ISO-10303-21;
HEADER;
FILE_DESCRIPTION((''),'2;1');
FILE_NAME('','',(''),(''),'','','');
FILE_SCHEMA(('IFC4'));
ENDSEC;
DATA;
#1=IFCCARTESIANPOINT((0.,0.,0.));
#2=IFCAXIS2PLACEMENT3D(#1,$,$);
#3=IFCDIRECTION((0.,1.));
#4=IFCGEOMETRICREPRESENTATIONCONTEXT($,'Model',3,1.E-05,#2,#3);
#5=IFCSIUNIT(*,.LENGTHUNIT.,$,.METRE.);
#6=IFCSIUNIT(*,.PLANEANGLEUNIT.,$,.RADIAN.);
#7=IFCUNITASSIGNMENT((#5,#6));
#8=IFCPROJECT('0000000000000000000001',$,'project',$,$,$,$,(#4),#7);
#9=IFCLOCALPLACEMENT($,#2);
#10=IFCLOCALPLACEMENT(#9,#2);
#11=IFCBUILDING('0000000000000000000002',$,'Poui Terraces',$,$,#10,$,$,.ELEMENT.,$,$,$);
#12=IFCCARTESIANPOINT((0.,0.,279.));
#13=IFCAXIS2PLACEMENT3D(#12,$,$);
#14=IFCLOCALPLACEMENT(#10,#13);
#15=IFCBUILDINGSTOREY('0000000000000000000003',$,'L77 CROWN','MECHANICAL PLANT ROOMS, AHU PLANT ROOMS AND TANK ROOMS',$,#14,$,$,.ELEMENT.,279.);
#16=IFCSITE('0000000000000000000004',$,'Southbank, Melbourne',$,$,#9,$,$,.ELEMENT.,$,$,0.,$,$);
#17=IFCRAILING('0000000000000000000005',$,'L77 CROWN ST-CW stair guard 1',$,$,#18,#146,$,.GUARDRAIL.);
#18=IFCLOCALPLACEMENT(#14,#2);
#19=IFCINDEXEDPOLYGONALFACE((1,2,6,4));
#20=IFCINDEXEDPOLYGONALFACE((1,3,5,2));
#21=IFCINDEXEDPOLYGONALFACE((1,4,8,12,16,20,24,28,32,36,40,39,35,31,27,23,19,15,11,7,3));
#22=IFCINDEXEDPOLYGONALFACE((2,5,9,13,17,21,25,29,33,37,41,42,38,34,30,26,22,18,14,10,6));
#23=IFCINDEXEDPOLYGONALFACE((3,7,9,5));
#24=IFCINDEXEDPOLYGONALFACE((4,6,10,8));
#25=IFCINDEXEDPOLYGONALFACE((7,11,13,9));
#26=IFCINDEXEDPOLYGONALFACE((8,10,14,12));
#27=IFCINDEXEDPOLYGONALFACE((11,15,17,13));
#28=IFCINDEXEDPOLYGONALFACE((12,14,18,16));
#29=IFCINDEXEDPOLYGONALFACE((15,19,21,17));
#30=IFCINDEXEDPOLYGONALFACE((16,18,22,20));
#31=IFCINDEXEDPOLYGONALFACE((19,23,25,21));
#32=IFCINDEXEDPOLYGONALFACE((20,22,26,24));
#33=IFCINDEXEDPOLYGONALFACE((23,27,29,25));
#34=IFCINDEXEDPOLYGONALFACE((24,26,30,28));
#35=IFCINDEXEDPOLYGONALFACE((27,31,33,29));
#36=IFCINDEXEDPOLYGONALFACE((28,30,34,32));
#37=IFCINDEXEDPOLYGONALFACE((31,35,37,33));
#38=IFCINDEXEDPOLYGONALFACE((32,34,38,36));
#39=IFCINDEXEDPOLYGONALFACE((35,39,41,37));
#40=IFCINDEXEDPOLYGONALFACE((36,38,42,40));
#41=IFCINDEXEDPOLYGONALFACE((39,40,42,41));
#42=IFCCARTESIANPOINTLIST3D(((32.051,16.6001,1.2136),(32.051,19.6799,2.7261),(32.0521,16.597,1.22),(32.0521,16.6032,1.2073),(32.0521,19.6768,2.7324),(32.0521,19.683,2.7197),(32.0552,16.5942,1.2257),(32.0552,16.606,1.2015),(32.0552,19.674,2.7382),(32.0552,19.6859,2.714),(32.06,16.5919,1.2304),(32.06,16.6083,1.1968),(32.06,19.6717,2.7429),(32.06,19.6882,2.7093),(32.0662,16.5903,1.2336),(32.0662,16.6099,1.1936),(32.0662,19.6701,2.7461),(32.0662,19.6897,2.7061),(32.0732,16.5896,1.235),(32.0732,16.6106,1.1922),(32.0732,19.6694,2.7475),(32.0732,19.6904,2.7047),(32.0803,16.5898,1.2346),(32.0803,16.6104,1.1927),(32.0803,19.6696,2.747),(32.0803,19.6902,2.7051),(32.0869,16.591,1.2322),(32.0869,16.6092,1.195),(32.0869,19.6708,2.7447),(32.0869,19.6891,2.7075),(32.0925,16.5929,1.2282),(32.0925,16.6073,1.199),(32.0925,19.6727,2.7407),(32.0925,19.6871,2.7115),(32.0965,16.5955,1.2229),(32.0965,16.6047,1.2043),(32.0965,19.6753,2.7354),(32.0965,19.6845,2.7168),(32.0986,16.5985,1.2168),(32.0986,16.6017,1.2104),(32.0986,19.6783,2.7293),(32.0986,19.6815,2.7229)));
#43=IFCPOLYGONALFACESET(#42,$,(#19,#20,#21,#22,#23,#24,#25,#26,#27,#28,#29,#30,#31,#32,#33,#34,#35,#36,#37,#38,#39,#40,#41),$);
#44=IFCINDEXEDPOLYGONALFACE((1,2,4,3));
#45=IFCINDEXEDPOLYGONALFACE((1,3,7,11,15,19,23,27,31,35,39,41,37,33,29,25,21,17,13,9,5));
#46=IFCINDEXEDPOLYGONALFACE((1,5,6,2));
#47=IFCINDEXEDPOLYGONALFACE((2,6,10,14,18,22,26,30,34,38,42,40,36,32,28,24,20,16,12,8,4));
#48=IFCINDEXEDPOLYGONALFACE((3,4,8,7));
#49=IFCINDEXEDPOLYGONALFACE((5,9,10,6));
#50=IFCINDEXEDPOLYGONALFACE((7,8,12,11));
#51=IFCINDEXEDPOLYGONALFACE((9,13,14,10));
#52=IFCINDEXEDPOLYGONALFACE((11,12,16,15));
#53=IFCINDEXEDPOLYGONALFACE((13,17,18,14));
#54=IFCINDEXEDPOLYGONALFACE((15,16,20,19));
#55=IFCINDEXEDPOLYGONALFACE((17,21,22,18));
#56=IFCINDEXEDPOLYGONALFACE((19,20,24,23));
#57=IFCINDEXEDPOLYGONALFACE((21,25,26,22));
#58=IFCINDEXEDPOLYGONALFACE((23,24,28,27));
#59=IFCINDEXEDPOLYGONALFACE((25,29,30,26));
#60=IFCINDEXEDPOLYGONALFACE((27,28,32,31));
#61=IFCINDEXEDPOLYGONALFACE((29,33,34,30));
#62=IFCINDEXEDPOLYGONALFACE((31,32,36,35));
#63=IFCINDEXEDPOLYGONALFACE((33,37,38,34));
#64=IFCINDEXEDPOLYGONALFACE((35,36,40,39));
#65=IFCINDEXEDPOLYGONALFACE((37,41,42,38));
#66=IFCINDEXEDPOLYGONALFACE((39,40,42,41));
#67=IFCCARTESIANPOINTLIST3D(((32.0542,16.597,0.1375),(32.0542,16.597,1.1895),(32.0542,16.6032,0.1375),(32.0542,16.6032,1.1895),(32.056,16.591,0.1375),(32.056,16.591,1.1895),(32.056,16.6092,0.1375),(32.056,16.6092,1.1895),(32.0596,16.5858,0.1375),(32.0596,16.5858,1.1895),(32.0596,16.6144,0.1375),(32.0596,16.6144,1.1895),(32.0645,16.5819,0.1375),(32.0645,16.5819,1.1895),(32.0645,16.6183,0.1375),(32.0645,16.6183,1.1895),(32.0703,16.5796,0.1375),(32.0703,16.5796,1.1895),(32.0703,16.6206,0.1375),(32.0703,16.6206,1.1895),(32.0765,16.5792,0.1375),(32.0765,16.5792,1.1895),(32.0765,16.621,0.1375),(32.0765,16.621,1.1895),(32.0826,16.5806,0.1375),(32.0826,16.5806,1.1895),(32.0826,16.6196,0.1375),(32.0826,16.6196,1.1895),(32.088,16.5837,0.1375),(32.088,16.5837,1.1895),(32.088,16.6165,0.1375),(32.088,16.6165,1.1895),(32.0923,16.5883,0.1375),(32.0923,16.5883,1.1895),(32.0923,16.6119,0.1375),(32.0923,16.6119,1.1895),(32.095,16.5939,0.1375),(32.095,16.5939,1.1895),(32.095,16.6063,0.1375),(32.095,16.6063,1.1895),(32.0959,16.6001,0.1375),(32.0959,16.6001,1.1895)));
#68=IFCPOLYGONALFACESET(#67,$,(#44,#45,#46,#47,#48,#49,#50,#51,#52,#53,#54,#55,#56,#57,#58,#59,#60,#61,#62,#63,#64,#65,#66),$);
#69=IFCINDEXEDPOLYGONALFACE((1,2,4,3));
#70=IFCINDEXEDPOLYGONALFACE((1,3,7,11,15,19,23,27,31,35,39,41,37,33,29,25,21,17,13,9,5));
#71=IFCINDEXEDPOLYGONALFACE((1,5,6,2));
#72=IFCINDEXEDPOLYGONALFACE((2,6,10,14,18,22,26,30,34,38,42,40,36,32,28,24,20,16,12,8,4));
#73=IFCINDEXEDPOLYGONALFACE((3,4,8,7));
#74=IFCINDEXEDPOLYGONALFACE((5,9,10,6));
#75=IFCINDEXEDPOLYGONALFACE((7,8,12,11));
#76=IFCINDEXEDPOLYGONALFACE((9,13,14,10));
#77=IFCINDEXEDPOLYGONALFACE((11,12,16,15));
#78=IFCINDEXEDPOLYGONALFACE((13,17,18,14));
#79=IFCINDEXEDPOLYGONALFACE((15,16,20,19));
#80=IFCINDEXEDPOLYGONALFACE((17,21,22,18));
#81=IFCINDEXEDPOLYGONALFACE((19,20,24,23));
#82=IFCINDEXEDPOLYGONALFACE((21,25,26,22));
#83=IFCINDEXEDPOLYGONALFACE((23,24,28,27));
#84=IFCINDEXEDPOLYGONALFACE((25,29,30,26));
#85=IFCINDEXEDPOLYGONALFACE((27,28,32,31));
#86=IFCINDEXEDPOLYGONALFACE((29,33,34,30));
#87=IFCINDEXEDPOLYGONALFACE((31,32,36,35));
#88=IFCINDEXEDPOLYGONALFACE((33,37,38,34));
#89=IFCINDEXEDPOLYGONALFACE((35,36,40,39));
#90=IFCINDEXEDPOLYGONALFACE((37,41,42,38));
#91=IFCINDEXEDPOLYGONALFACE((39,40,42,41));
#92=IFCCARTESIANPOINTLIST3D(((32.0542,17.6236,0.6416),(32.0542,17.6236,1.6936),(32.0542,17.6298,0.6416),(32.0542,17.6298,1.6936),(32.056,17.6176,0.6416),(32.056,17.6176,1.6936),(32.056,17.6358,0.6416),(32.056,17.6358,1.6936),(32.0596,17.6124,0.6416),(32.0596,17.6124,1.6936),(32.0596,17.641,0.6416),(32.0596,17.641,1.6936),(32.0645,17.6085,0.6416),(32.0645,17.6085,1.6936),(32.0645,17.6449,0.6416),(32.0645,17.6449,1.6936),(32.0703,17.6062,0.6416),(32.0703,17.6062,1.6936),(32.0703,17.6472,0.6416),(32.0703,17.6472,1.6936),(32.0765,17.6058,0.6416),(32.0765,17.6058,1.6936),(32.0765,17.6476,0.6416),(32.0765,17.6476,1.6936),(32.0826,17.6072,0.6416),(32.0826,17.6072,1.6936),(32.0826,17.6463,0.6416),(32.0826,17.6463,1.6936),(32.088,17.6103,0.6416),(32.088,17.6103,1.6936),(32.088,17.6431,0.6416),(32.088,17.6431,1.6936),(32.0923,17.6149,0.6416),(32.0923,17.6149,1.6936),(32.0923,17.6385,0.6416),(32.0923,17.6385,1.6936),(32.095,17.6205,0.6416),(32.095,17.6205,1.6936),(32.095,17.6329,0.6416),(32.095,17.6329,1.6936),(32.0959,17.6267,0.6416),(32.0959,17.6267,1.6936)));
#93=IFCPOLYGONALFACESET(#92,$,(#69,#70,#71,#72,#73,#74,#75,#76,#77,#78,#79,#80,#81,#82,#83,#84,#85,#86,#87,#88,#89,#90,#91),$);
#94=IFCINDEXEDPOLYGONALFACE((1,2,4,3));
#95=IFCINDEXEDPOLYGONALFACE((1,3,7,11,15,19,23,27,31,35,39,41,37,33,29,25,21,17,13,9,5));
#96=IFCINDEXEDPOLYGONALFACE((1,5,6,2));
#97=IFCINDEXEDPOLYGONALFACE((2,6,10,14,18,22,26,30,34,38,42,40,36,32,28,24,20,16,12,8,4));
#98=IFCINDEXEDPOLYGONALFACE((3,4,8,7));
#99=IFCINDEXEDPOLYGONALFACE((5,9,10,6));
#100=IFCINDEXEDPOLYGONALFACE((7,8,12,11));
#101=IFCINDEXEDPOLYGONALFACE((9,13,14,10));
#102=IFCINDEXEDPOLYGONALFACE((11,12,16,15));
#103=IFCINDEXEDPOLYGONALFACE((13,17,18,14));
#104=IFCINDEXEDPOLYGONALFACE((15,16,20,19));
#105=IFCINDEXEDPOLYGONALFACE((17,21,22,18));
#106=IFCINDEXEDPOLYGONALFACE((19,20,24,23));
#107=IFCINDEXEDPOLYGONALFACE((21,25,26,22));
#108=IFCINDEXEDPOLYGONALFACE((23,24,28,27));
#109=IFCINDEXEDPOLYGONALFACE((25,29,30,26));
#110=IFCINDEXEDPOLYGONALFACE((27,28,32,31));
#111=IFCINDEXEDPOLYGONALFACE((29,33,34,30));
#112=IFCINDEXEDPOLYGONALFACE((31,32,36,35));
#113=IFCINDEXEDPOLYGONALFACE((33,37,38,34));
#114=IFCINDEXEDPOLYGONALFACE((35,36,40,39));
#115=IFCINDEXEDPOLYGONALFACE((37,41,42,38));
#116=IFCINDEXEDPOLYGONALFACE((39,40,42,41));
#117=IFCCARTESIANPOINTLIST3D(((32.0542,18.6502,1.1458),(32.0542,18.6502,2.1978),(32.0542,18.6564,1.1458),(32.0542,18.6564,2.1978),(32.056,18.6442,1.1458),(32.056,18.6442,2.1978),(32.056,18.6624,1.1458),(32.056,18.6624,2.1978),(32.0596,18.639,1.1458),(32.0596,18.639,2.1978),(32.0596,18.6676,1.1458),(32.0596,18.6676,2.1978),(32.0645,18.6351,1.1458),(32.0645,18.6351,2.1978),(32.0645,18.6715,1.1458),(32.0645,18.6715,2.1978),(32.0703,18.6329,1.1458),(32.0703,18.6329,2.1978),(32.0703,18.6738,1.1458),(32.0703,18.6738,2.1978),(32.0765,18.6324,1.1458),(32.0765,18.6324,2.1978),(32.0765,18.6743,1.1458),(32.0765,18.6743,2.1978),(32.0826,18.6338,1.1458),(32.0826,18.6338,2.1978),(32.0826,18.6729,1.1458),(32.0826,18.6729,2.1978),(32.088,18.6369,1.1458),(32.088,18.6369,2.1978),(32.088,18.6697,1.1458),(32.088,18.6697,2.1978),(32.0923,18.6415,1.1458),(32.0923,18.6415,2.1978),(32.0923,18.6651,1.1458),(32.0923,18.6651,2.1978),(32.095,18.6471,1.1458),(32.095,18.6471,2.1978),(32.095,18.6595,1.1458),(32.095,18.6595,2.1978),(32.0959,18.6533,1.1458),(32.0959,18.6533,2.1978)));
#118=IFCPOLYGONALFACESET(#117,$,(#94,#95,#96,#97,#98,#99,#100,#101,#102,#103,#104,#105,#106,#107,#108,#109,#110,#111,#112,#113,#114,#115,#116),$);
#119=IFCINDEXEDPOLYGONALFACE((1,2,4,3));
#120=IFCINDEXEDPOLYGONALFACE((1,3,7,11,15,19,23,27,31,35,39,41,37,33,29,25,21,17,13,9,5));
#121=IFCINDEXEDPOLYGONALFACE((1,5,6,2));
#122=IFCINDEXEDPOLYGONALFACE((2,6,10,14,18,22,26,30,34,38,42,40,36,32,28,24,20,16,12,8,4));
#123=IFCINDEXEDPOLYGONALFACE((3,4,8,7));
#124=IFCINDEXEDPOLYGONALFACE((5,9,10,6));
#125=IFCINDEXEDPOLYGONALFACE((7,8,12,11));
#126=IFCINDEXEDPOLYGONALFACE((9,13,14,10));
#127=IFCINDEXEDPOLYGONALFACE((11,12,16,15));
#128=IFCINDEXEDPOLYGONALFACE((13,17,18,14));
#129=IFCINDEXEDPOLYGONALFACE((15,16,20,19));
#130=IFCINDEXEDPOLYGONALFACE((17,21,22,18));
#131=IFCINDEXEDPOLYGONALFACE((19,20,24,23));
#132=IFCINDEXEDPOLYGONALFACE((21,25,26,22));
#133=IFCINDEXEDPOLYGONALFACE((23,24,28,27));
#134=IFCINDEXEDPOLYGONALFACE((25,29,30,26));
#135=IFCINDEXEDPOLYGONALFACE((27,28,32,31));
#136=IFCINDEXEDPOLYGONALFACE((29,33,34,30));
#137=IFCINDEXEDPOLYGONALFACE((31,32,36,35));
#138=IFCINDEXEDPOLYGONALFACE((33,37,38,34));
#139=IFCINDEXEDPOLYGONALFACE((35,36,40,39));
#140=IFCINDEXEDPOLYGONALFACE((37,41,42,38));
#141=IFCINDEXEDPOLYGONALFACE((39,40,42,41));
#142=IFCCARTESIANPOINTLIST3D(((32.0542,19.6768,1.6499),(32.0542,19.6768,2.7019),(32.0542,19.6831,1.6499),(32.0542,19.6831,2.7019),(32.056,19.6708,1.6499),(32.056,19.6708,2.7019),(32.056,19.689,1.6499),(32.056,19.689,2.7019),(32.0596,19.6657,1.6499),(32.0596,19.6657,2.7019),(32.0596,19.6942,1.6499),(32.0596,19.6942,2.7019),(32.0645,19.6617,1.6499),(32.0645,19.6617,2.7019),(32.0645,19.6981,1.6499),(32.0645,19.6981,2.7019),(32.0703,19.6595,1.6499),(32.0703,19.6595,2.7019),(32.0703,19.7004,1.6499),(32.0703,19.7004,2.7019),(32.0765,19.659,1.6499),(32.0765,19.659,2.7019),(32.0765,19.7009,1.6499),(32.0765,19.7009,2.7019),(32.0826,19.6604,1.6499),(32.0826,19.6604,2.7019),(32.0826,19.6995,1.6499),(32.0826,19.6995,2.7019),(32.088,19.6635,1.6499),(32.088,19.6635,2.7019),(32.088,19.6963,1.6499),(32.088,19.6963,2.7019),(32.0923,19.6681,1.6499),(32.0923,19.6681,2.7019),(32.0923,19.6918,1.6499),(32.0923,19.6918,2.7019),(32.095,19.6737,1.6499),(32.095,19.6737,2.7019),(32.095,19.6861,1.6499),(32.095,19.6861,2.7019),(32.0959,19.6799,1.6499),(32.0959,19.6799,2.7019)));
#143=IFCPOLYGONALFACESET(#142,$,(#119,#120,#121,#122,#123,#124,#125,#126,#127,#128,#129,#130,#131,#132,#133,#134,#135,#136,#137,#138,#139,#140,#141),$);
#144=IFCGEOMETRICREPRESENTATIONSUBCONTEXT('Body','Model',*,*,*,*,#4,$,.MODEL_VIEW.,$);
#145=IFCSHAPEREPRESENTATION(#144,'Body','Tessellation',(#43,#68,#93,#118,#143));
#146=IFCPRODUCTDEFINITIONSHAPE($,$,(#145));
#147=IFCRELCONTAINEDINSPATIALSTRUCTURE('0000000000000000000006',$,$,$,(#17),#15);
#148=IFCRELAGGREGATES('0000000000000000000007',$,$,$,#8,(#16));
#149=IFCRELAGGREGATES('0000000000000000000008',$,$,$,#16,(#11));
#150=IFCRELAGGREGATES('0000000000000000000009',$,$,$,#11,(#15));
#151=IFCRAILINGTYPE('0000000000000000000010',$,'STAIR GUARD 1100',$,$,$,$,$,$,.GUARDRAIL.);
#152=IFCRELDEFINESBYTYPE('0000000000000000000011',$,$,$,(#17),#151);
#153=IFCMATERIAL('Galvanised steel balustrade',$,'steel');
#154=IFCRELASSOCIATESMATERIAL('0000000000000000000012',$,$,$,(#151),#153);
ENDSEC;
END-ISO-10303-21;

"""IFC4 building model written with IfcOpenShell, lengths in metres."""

from ifc_helpers import new_model, si_unit, direction, frame, origin, origin_2d, place, context, subcontext, project, spatial, circle, extrude, material, type_object, element, save


model = new_model("IFC4")

# Units and contexts
model_context = context("Model", 3, precision=1e-05, world=origin(), true_north=direction((0.0, 1.0)))
body_context = subcontext(model_context, "Body", "Model", "MODEL_VIEW")
ifc_project = project(units=[si_unit("LENGTHUNIT", "METRE"), si_unit("PLANEANGLEUNIT", "RADIAN")], contexts=[model_context])

# Site, building, storey
site_placement = place(None, origin())
site = spatial("IfcSite", under=ifc_project, at=site_placement, Name="Southbank, Melbourne", CompositionType="ELEMENT", RefElevation=0.0)
building_placement = place(site_placement, origin())
building = spatial("IfcBuilding", under=site, at=building_placement, Name="Poui Terraces", CompositionType="ELEMENT")
storey_placement = place(building_placement, frame((0.0, 0.0, 279.0)))
storey = spatial("IfcBuildingStorey", under=building, at=storey_placement, Name="L77 CROWN", Description="MECHANICAL PLANT ROOMS, AHU PLANT ROOMS AND TANK ROOMS", CompositionType="ELEMENT", Elevation=279.0)

# Railing
ifc_material_1 = material(Name="Galvanised steel balustrade", Category="steel")
railing_type_1 = type_object("IfcRailingType", Name="STAIR GUARD 1100", PredefinedType="GUARDRAIL", material=ifc_material_1)
railing_1_placement = place(storey_placement, frame((32.075, 16.6001, 0.1375)))
element("IfcRailing", 1, at=railing_1_placement, inside=storey, type_object=railing_type_1, Name="L77 CROWN ST-CW stair guard 1", PredefinedType="GUARDRAIL", context=body_context, shape_type="SweptSolid", body=[
    extrude(circle(Radius=0.0239, at=origin_2d()), frame((0.0, 0.0, 1.0762), z_axis=(0.0, 0.897606, 0.440798), x_axis=(-1.0, 0.0, 0.0)), (0.0, 0.0, 1.0), 3.4312),
    extrude(circle(Radius=0.021, at=origin_2d()), origin(), (0.0, 0.0, 1.0), 1.052),
    extrude(circle(Radius=0.021, at=origin_2d()), frame((0.0, 1.0266, 0.5042)), (0.0, 0.0, 1.0), 1.052),
    extrude(circle(Radius=0.021, at=origin_2d()), frame((0.0, 2.0532, 1.0083)), (0.0, 0.0, 1.0), 1.052),
    extrude(circle(Radius=0.021, at=origin_2d()), frame((0.0, 3.0798, 1.5125)), (0.0, 0.0, 1.0), 1.052),
])

save(model, "model.ifc")
